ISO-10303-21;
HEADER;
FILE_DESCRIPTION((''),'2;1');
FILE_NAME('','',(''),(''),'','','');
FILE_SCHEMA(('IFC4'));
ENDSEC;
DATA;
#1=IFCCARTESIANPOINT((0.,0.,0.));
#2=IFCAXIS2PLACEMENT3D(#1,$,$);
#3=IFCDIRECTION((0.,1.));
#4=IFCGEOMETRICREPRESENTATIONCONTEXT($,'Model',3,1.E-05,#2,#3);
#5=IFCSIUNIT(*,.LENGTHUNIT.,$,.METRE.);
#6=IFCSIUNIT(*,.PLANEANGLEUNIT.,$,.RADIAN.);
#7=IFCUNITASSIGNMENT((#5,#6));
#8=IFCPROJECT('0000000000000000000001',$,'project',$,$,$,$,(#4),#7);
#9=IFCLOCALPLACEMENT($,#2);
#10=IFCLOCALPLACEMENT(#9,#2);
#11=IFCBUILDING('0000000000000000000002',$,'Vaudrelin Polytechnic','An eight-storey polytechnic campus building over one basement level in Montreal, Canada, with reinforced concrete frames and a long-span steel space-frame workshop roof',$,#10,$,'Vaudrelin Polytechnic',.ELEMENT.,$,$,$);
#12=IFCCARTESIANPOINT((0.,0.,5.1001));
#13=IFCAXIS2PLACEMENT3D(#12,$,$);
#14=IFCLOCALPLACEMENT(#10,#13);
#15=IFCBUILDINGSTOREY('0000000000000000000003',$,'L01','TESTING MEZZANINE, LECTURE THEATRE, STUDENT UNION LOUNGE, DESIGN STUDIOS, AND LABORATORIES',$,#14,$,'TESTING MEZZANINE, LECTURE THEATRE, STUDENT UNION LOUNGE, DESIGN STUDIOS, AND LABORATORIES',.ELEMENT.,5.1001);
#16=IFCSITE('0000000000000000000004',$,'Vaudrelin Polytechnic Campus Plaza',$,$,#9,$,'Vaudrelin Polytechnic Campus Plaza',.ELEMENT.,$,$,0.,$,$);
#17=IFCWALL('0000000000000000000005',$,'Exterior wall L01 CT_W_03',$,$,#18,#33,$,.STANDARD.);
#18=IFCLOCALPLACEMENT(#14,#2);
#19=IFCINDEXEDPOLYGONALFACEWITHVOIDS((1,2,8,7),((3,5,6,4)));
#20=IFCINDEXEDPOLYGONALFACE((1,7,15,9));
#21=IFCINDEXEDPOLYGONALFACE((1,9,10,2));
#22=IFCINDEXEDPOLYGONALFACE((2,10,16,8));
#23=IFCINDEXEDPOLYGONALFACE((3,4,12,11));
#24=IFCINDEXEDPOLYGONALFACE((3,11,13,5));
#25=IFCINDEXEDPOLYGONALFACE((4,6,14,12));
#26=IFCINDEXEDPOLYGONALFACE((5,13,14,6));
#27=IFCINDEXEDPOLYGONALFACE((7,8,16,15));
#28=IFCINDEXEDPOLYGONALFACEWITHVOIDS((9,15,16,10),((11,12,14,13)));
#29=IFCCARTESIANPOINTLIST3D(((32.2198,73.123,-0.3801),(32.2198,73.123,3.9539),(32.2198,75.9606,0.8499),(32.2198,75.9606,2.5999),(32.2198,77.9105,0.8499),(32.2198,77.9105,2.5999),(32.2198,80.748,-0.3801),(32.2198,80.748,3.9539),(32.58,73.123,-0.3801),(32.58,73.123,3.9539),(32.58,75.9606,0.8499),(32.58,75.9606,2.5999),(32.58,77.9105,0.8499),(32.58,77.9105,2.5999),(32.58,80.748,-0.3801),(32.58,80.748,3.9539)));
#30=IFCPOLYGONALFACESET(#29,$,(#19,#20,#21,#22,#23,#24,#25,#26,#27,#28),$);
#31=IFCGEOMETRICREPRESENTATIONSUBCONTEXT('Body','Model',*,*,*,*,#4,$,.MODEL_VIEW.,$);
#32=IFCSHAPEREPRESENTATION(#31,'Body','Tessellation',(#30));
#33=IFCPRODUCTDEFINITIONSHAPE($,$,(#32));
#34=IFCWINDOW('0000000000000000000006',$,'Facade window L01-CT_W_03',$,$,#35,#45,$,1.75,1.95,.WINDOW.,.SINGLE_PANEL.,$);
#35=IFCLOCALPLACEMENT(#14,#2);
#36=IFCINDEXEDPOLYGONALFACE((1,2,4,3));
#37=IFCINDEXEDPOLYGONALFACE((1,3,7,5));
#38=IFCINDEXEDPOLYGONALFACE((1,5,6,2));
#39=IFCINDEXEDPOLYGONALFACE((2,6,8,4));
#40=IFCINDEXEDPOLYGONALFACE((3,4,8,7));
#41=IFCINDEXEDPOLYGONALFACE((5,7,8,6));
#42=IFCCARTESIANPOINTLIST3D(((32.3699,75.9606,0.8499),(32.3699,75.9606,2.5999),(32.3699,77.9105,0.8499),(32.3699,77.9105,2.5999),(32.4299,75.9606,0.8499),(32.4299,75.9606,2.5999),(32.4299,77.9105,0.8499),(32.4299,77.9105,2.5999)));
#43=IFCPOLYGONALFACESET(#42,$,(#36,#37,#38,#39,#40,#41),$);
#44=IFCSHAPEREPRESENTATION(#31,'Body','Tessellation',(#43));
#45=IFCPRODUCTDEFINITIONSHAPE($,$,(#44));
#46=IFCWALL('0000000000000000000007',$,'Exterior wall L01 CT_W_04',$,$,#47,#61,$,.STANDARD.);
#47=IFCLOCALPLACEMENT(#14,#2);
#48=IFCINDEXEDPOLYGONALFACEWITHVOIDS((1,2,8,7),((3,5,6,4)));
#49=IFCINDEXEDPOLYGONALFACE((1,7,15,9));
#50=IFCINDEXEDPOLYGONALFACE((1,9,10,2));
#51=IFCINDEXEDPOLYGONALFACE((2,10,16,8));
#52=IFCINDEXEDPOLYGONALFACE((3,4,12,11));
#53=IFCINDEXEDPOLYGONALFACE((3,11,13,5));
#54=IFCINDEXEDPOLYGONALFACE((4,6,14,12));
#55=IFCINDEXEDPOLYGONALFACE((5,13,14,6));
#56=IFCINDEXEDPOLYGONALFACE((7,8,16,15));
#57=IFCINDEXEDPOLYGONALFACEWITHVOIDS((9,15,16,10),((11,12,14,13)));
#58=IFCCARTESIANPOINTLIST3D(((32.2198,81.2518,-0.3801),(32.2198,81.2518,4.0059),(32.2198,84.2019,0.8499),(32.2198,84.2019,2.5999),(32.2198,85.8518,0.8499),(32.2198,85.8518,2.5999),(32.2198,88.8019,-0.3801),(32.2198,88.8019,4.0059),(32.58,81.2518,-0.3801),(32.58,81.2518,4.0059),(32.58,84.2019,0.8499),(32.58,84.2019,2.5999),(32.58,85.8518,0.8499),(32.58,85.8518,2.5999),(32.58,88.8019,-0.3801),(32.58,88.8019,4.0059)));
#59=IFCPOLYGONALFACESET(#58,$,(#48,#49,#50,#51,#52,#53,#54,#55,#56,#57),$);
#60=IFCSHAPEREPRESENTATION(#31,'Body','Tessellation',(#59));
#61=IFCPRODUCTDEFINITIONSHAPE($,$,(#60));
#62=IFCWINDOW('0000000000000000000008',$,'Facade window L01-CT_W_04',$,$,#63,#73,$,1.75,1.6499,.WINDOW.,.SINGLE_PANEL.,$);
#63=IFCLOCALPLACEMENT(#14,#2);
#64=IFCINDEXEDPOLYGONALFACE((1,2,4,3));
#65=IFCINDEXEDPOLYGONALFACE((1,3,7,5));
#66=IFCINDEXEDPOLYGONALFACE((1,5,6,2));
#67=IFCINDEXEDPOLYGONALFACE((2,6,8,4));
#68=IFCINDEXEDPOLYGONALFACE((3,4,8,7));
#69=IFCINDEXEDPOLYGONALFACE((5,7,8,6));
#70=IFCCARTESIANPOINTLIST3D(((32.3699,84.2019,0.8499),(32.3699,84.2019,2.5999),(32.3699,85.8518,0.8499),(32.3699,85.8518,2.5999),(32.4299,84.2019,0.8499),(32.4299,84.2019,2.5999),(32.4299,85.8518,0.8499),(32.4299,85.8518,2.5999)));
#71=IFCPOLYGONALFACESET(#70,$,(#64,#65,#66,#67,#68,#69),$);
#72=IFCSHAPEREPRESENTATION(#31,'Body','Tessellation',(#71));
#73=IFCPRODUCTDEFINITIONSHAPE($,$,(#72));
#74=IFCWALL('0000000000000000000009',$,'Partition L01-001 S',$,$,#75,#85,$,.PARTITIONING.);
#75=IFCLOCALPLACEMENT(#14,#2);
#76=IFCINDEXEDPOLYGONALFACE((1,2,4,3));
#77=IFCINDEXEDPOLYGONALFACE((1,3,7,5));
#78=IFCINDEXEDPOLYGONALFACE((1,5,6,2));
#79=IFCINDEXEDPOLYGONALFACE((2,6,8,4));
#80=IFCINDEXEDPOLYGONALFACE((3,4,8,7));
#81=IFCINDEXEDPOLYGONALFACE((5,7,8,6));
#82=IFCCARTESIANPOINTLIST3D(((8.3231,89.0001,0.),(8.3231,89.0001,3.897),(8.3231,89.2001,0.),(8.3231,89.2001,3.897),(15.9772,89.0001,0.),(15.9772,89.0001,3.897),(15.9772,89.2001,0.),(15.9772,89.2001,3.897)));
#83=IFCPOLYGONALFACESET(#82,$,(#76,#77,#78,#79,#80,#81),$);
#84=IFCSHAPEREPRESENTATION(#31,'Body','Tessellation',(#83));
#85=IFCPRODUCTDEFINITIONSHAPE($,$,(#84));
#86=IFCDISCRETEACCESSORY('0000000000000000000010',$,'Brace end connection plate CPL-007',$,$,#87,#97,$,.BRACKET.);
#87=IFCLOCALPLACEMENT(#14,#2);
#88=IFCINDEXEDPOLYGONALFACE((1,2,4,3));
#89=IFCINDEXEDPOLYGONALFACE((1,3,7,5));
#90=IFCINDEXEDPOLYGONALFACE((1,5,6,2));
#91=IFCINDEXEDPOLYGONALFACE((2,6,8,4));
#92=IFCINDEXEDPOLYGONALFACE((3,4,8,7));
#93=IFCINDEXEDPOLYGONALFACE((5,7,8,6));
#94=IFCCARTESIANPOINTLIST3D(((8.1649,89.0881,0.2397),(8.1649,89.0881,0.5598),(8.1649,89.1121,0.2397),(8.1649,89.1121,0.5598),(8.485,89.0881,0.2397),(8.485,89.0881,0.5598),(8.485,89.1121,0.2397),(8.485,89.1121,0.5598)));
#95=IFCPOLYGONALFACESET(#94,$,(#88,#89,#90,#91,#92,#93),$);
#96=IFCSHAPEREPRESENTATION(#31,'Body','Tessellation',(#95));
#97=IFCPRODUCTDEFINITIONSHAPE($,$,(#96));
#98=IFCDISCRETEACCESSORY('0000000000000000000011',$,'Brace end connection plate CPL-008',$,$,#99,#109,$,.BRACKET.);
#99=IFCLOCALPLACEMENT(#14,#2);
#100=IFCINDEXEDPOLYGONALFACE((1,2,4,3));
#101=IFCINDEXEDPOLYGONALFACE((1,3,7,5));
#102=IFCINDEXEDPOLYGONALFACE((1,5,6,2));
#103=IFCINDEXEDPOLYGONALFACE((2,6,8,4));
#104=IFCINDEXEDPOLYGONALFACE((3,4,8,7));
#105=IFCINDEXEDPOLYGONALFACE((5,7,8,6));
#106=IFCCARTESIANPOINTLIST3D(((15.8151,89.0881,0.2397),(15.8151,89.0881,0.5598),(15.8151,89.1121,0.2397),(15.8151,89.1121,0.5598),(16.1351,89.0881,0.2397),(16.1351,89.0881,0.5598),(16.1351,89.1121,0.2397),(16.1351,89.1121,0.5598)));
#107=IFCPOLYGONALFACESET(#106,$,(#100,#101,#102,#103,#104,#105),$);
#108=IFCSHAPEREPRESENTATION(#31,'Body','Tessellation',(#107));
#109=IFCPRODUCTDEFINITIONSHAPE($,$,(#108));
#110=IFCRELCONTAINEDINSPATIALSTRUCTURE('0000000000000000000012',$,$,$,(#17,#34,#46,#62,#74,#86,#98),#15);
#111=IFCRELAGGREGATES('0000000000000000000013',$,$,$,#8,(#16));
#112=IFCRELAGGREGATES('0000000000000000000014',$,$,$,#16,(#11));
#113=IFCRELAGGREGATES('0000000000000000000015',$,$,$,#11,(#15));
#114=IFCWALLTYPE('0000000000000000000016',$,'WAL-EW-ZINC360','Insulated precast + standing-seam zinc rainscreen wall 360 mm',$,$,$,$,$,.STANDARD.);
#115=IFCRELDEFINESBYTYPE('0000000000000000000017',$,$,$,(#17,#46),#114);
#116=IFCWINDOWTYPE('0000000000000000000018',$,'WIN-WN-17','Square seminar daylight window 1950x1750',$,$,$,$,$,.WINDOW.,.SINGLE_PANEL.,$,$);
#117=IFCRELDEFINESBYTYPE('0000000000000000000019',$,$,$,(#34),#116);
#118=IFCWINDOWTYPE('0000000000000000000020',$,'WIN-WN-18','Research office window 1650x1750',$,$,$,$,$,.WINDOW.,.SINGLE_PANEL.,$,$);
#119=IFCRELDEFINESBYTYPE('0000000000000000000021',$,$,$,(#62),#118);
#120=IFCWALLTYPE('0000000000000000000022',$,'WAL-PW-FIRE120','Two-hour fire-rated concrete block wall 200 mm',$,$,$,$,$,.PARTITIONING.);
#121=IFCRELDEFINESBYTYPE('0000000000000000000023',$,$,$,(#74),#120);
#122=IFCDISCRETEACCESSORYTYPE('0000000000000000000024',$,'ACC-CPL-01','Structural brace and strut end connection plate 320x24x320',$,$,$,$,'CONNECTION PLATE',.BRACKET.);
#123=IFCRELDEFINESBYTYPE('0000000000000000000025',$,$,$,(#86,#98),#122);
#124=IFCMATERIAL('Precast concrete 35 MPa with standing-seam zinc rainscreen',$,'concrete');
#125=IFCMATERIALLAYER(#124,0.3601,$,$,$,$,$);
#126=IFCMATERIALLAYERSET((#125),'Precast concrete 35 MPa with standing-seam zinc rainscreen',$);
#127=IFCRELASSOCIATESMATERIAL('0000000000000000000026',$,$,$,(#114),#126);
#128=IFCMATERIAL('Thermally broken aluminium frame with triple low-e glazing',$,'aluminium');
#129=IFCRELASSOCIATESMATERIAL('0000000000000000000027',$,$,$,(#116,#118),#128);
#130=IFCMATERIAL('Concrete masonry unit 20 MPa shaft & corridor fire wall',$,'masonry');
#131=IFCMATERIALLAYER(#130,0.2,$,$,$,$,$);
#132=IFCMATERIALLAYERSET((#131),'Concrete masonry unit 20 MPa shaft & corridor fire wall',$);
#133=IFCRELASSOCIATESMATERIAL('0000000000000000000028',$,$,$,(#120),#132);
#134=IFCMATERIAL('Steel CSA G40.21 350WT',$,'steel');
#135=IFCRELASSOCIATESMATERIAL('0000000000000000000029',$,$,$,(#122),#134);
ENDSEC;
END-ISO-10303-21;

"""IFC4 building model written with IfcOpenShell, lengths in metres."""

from ifc_helpers import new_model, si_unit, direction, frame, frame_2d, origin, origin_2d, place, context, subcontext, project, spatial, rectangle, extrude, material, layer, layer_set, type_object, element, fill, save


model = new_model("IFC4")

# Units and contexts
model_context = context("Model", 3, precision=1e-05, world=origin(), true_north=direction((0.0, 1.0)))
body_context = subcontext(model_context, "Body", "Model", "MODEL_VIEW")
ifc_project = project(units=[si_unit("LENGTHUNIT", "METRE"), si_unit("PLANEANGLEUNIT", "RADIAN")], contexts=[model_context])

# Site, building, storey
site_placement = place(None, origin())
site = spatial("IfcSite", under=ifc_project, at=site_placement, Name="Vaudrelin Polytechnic Campus Plaza", LongName="Vaudrelin Polytechnic Campus Plaza", CompositionType="ELEMENT", RefElevation=0.0)
building_placement = place(site_placement, origin())
building = spatial("IfcBuilding", under=site, at=building_placement, Name="Vaudrelin Polytechnic", Description="An eight-storey polytechnic campus building over one basement level in Montreal, Canada, with reinforced concrete frames and a long-span steel space-frame workshop roof", LongName="Vaudrelin Polytechnic", CompositionType="ELEMENT")
storey_placement = place(building_placement, frame((0.0, 0.0, 5.1001)))
storey = spatial("IfcBuildingStorey", under=building, at=storey_placement, Name="L01", Description="TESTING MEZZANINE, LECTURE THEATRE, STUDENT UNION LOUNGE, DESIGN STUDIOS, AND LABORATORIES", LongName="TESTING MEZZANINE, LECTURE THEATRE, STUDENT UNION LOUNGE, DESIGN STUDIOS, AND LABORATORIES", CompositionType="ELEMENT", Elevation=5.1001)

# Shared definitions
ifc_material_1 = material(Name="Steel CSA G40.21 350WT", Category="steel")

# Walls, openings, windows
ifc_material_2 = material(Name="Precast concrete 35 MPa with standing-seam zinc rainscreen", Category="concrete")
ifc_layer_1 = layer(ifc_material_2, 0.3601)
ifc_layer_set_1 = layer_set([ifc_layer_1], Name="Precast concrete 35 MPa with standing-seam zinc rainscreen")
wall_type_1 = type_object("IfcWallType", Name="WAL-EW-ZINC360", Description="Insulated precast + standing-seam zinc rainscreen wall 360 mm", PredefinedType="STANDARD", material=ifc_layer_set_1)
ifc_material_3 = material(Name="Thermally broken aluminium frame with triple low-e glazing", Category="aluminium")
wall_1_placement = place(storey_placement, frame((32.3999, 73.123, -0.3801), z_axis=(0.0, 0.0, 1.0), x_axis=(0.0, 1.0, 0.0)))
wall_1 = element("IfcWall", 1, at=wall_1_placement, inside=storey, type_object=wall_type_1, Name="Exterior wall L01 CT_W_03", PredefinedType="STANDARD", context=body_context, shape_type="SweptSolid", body=[
    extrude(rectangle(XDim=7.625, YDim=0.3601, at=frame_2d((3.8125, 0.0))), origin(), (0.0, 0.0, 1.0), 4.334),
])
opening_1_placement = place(wall_1_placement, frame((2.8374, 0.0, 1.23)))
opening_1 = element("IfcOpeningElement", 2, at=opening_1_placement, cuts=wall_1, PredefinedType="OPENING", context=body_context, shape_type="SweptSolid", body=[
    extrude(rectangle(XDim=1.95, YDim=1.75, at=frame_2d((0.9751, 0.875))), frame((0.0, 0.1899, 0.0), z_axis=(0.0, -1.0, 0.0), x_axis=(1.0, 0.0, 0.0)), (0.0, 0.0, 1.0), 0.3801),
])
window_type_1 = type_object("IfcWindowType", Name="WIN-WN-17", Description="Square seminar daylight window 1950x1750", PartitioningType="SINGLE_PANEL", PredefinedType="WINDOW", material=ifc_material_3)
window_1_placement = place(opening_1_placement, origin())
window_1 = element("IfcWindow", 3, at=window_1_placement, inside=storey, type_object=window_type_1, Name="Facade window L01-CT_W_03", OverallHeight=1.75, OverallWidth=1.95, PartitioningType="SINGLE_PANEL", PredefinedType="WINDOW", context=body_context, shape_type="SweptSolid", body=[
    extrude(rectangle(XDim=1.95, YDim=1.75, at=frame_2d((0.9751, 0.875))), frame((0.0, 0.03, 0.0), z_axis=(0.0, -1.0, 0.0), x_axis=(1.0, 0.0, 0.0)), (0.0, 0.0, 1.0), 0.0601),
])
fill(opening_1, window_1)
wall_2_placement = place(storey_placement, frame((32.3999, 81.252, -0.3801), z_axis=(0.0, 0.0, 1.0), x_axis=(0.0, 1.0, 0.0)))
wall_2 = element("IfcWall", 4, at=wall_2_placement, inside=storey, type_object=wall_type_1, Name="Exterior wall L01 CT_W_04", PredefinedType="STANDARD", context=body_context, shape_type="SweptSolid", body=[
    extrude(rectangle(XDim=7.55, YDim=0.3601, at=frame_2d((3.7749, 0.0))), origin(), (0.0, 0.0, 1.0), 4.386),
])
opening_2_placement = place(wall_2_placement, frame((2.95, 0.0, 1.23)))
opening_2 = element("IfcOpeningElement", 5, at=opening_2_placement, cuts=wall_2, PredefinedType="OPENING", context=body_context, shape_type="SweptSolid", body=[
    extrude(rectangle(XDim=1.6499, YDim=1.75, at=frame_2d((0.825, 0.875))), frame((0.0, 0.1899, 0.0), z_axis=(0.0, -1.0, 0.0), x_axis=(1.0, 0.0, 0.0)), (0.0, 0.0, 1.0), 0.3801),
])
window_type_2 = type_object("IfcWindowType", Name="WIN-WN-18", Description="Research office window 1650x1750", PartitioningType="SINGLE_PANEL", PredefinedType="WINDOW", material=ifc_material_3)
window_2_placement = place(opening_2_placement, origin())
window_2 = element("IfcWindow", 6, at=window_2_placement, inside=storey, type_object=window_type_2, Name="Facade window L01-CT_W_04", OverallHeight=1.75, OverallWidth=1.6499, PartitioningType="SINGLE_PANEL", PredefinedType="WINDOW", context=body_context, shape_type="SweptSolid", body=[
    extrude(rectangle(XDim=1.6499, YDim=1.75, at=frame_2d((0.825, 0.875))), frame((0.0, 0.03, 0.0), z_axis=(0.0, -1.0, 0.0), x_axis=(1.0, 0.0, 0.0)), (0.0, 0.0, 1.0), 0.0601),
])
fill(opening_2, window_2)

# Wall
ifc_material_4 = material(Name="Concrete masonry unit 20 MPa shaft & corridor fire wall", Category="masonry")
ifc_layer_2 = layer(ifc_material_4, 0.2)
ifc_layer_set_2 = layer_set([ifc_layer_2], Name="Concrete masonry unit 20 MPa shaft & corridor fire wall")
wall_type_2 = type_object("IfcWallType", Name="WAL-PW-FIRE120", Description="Two-hour fire-rated concrete block wall 200 mm", PredefinedType="PARTITIONING", material=ifc_layer_set_2)
wall_3_placement = place(storey_placement, frame((8.323, 89.1001, 0.0), z_axis=(0.0, 0.0, 1.0), x_axis=(1.0, 0.0, 0.0)))
element("IfcWall", 7, at=wall_3_placement, inside=storey, type_object=wall_type_2, Name="Partition L01-001 S", PredefinedType="PARTITIONING", context=body_context, shape_type="SweptSolid", body=[
    extrude(rectangle(XDim=7.6541, YDim=0.2, at=frame_2d((3.8271, 0.0))), origin(), (0.0, 0.0, 1.0), 3.897),
])

# Discrete accessories
discrete_accessory_type = type_object("IfcDiscreteAccessoryType", Name="ACC-CPL-01", Description="Structural brace and strut end connection plate 320x24x320", ElementType="CONNECTION PLATE", PredefinedType="BRACKET", material=ifc_material_1)
for number, where, z_axis, x_axis, name in (
    (8, (8.325, 89.1001, 0.2397), (0.0, 0.0, 1.0), (1.0, 0.0, 0.0), "Brace end connection plate CPL-007"),
    (9, (15.9751, 89.1001, 0.2397), (0.0, 0.0, 1.0), (1.0, 0.0, 0.0), "Brace end connection plate CPL-008"),
):
    element("IfcDiscreteAccessory", number, at=place(storey_placement, frame(where, z_axis=z_axis, x_axis=x_axis)), inside=storey, type_object=discrete_accessory_type, Name=name, PredefinedType="BRACKET", context=body_context, shape_type="SweptSolid", body=[
        extrude(rectangle(XDim=0.3201, YDim=0.0239, at=origin_2d()), origin(), (0.0, 0.0, 1.0), 0.3201),
    ])

save(model, "model.ifc")
